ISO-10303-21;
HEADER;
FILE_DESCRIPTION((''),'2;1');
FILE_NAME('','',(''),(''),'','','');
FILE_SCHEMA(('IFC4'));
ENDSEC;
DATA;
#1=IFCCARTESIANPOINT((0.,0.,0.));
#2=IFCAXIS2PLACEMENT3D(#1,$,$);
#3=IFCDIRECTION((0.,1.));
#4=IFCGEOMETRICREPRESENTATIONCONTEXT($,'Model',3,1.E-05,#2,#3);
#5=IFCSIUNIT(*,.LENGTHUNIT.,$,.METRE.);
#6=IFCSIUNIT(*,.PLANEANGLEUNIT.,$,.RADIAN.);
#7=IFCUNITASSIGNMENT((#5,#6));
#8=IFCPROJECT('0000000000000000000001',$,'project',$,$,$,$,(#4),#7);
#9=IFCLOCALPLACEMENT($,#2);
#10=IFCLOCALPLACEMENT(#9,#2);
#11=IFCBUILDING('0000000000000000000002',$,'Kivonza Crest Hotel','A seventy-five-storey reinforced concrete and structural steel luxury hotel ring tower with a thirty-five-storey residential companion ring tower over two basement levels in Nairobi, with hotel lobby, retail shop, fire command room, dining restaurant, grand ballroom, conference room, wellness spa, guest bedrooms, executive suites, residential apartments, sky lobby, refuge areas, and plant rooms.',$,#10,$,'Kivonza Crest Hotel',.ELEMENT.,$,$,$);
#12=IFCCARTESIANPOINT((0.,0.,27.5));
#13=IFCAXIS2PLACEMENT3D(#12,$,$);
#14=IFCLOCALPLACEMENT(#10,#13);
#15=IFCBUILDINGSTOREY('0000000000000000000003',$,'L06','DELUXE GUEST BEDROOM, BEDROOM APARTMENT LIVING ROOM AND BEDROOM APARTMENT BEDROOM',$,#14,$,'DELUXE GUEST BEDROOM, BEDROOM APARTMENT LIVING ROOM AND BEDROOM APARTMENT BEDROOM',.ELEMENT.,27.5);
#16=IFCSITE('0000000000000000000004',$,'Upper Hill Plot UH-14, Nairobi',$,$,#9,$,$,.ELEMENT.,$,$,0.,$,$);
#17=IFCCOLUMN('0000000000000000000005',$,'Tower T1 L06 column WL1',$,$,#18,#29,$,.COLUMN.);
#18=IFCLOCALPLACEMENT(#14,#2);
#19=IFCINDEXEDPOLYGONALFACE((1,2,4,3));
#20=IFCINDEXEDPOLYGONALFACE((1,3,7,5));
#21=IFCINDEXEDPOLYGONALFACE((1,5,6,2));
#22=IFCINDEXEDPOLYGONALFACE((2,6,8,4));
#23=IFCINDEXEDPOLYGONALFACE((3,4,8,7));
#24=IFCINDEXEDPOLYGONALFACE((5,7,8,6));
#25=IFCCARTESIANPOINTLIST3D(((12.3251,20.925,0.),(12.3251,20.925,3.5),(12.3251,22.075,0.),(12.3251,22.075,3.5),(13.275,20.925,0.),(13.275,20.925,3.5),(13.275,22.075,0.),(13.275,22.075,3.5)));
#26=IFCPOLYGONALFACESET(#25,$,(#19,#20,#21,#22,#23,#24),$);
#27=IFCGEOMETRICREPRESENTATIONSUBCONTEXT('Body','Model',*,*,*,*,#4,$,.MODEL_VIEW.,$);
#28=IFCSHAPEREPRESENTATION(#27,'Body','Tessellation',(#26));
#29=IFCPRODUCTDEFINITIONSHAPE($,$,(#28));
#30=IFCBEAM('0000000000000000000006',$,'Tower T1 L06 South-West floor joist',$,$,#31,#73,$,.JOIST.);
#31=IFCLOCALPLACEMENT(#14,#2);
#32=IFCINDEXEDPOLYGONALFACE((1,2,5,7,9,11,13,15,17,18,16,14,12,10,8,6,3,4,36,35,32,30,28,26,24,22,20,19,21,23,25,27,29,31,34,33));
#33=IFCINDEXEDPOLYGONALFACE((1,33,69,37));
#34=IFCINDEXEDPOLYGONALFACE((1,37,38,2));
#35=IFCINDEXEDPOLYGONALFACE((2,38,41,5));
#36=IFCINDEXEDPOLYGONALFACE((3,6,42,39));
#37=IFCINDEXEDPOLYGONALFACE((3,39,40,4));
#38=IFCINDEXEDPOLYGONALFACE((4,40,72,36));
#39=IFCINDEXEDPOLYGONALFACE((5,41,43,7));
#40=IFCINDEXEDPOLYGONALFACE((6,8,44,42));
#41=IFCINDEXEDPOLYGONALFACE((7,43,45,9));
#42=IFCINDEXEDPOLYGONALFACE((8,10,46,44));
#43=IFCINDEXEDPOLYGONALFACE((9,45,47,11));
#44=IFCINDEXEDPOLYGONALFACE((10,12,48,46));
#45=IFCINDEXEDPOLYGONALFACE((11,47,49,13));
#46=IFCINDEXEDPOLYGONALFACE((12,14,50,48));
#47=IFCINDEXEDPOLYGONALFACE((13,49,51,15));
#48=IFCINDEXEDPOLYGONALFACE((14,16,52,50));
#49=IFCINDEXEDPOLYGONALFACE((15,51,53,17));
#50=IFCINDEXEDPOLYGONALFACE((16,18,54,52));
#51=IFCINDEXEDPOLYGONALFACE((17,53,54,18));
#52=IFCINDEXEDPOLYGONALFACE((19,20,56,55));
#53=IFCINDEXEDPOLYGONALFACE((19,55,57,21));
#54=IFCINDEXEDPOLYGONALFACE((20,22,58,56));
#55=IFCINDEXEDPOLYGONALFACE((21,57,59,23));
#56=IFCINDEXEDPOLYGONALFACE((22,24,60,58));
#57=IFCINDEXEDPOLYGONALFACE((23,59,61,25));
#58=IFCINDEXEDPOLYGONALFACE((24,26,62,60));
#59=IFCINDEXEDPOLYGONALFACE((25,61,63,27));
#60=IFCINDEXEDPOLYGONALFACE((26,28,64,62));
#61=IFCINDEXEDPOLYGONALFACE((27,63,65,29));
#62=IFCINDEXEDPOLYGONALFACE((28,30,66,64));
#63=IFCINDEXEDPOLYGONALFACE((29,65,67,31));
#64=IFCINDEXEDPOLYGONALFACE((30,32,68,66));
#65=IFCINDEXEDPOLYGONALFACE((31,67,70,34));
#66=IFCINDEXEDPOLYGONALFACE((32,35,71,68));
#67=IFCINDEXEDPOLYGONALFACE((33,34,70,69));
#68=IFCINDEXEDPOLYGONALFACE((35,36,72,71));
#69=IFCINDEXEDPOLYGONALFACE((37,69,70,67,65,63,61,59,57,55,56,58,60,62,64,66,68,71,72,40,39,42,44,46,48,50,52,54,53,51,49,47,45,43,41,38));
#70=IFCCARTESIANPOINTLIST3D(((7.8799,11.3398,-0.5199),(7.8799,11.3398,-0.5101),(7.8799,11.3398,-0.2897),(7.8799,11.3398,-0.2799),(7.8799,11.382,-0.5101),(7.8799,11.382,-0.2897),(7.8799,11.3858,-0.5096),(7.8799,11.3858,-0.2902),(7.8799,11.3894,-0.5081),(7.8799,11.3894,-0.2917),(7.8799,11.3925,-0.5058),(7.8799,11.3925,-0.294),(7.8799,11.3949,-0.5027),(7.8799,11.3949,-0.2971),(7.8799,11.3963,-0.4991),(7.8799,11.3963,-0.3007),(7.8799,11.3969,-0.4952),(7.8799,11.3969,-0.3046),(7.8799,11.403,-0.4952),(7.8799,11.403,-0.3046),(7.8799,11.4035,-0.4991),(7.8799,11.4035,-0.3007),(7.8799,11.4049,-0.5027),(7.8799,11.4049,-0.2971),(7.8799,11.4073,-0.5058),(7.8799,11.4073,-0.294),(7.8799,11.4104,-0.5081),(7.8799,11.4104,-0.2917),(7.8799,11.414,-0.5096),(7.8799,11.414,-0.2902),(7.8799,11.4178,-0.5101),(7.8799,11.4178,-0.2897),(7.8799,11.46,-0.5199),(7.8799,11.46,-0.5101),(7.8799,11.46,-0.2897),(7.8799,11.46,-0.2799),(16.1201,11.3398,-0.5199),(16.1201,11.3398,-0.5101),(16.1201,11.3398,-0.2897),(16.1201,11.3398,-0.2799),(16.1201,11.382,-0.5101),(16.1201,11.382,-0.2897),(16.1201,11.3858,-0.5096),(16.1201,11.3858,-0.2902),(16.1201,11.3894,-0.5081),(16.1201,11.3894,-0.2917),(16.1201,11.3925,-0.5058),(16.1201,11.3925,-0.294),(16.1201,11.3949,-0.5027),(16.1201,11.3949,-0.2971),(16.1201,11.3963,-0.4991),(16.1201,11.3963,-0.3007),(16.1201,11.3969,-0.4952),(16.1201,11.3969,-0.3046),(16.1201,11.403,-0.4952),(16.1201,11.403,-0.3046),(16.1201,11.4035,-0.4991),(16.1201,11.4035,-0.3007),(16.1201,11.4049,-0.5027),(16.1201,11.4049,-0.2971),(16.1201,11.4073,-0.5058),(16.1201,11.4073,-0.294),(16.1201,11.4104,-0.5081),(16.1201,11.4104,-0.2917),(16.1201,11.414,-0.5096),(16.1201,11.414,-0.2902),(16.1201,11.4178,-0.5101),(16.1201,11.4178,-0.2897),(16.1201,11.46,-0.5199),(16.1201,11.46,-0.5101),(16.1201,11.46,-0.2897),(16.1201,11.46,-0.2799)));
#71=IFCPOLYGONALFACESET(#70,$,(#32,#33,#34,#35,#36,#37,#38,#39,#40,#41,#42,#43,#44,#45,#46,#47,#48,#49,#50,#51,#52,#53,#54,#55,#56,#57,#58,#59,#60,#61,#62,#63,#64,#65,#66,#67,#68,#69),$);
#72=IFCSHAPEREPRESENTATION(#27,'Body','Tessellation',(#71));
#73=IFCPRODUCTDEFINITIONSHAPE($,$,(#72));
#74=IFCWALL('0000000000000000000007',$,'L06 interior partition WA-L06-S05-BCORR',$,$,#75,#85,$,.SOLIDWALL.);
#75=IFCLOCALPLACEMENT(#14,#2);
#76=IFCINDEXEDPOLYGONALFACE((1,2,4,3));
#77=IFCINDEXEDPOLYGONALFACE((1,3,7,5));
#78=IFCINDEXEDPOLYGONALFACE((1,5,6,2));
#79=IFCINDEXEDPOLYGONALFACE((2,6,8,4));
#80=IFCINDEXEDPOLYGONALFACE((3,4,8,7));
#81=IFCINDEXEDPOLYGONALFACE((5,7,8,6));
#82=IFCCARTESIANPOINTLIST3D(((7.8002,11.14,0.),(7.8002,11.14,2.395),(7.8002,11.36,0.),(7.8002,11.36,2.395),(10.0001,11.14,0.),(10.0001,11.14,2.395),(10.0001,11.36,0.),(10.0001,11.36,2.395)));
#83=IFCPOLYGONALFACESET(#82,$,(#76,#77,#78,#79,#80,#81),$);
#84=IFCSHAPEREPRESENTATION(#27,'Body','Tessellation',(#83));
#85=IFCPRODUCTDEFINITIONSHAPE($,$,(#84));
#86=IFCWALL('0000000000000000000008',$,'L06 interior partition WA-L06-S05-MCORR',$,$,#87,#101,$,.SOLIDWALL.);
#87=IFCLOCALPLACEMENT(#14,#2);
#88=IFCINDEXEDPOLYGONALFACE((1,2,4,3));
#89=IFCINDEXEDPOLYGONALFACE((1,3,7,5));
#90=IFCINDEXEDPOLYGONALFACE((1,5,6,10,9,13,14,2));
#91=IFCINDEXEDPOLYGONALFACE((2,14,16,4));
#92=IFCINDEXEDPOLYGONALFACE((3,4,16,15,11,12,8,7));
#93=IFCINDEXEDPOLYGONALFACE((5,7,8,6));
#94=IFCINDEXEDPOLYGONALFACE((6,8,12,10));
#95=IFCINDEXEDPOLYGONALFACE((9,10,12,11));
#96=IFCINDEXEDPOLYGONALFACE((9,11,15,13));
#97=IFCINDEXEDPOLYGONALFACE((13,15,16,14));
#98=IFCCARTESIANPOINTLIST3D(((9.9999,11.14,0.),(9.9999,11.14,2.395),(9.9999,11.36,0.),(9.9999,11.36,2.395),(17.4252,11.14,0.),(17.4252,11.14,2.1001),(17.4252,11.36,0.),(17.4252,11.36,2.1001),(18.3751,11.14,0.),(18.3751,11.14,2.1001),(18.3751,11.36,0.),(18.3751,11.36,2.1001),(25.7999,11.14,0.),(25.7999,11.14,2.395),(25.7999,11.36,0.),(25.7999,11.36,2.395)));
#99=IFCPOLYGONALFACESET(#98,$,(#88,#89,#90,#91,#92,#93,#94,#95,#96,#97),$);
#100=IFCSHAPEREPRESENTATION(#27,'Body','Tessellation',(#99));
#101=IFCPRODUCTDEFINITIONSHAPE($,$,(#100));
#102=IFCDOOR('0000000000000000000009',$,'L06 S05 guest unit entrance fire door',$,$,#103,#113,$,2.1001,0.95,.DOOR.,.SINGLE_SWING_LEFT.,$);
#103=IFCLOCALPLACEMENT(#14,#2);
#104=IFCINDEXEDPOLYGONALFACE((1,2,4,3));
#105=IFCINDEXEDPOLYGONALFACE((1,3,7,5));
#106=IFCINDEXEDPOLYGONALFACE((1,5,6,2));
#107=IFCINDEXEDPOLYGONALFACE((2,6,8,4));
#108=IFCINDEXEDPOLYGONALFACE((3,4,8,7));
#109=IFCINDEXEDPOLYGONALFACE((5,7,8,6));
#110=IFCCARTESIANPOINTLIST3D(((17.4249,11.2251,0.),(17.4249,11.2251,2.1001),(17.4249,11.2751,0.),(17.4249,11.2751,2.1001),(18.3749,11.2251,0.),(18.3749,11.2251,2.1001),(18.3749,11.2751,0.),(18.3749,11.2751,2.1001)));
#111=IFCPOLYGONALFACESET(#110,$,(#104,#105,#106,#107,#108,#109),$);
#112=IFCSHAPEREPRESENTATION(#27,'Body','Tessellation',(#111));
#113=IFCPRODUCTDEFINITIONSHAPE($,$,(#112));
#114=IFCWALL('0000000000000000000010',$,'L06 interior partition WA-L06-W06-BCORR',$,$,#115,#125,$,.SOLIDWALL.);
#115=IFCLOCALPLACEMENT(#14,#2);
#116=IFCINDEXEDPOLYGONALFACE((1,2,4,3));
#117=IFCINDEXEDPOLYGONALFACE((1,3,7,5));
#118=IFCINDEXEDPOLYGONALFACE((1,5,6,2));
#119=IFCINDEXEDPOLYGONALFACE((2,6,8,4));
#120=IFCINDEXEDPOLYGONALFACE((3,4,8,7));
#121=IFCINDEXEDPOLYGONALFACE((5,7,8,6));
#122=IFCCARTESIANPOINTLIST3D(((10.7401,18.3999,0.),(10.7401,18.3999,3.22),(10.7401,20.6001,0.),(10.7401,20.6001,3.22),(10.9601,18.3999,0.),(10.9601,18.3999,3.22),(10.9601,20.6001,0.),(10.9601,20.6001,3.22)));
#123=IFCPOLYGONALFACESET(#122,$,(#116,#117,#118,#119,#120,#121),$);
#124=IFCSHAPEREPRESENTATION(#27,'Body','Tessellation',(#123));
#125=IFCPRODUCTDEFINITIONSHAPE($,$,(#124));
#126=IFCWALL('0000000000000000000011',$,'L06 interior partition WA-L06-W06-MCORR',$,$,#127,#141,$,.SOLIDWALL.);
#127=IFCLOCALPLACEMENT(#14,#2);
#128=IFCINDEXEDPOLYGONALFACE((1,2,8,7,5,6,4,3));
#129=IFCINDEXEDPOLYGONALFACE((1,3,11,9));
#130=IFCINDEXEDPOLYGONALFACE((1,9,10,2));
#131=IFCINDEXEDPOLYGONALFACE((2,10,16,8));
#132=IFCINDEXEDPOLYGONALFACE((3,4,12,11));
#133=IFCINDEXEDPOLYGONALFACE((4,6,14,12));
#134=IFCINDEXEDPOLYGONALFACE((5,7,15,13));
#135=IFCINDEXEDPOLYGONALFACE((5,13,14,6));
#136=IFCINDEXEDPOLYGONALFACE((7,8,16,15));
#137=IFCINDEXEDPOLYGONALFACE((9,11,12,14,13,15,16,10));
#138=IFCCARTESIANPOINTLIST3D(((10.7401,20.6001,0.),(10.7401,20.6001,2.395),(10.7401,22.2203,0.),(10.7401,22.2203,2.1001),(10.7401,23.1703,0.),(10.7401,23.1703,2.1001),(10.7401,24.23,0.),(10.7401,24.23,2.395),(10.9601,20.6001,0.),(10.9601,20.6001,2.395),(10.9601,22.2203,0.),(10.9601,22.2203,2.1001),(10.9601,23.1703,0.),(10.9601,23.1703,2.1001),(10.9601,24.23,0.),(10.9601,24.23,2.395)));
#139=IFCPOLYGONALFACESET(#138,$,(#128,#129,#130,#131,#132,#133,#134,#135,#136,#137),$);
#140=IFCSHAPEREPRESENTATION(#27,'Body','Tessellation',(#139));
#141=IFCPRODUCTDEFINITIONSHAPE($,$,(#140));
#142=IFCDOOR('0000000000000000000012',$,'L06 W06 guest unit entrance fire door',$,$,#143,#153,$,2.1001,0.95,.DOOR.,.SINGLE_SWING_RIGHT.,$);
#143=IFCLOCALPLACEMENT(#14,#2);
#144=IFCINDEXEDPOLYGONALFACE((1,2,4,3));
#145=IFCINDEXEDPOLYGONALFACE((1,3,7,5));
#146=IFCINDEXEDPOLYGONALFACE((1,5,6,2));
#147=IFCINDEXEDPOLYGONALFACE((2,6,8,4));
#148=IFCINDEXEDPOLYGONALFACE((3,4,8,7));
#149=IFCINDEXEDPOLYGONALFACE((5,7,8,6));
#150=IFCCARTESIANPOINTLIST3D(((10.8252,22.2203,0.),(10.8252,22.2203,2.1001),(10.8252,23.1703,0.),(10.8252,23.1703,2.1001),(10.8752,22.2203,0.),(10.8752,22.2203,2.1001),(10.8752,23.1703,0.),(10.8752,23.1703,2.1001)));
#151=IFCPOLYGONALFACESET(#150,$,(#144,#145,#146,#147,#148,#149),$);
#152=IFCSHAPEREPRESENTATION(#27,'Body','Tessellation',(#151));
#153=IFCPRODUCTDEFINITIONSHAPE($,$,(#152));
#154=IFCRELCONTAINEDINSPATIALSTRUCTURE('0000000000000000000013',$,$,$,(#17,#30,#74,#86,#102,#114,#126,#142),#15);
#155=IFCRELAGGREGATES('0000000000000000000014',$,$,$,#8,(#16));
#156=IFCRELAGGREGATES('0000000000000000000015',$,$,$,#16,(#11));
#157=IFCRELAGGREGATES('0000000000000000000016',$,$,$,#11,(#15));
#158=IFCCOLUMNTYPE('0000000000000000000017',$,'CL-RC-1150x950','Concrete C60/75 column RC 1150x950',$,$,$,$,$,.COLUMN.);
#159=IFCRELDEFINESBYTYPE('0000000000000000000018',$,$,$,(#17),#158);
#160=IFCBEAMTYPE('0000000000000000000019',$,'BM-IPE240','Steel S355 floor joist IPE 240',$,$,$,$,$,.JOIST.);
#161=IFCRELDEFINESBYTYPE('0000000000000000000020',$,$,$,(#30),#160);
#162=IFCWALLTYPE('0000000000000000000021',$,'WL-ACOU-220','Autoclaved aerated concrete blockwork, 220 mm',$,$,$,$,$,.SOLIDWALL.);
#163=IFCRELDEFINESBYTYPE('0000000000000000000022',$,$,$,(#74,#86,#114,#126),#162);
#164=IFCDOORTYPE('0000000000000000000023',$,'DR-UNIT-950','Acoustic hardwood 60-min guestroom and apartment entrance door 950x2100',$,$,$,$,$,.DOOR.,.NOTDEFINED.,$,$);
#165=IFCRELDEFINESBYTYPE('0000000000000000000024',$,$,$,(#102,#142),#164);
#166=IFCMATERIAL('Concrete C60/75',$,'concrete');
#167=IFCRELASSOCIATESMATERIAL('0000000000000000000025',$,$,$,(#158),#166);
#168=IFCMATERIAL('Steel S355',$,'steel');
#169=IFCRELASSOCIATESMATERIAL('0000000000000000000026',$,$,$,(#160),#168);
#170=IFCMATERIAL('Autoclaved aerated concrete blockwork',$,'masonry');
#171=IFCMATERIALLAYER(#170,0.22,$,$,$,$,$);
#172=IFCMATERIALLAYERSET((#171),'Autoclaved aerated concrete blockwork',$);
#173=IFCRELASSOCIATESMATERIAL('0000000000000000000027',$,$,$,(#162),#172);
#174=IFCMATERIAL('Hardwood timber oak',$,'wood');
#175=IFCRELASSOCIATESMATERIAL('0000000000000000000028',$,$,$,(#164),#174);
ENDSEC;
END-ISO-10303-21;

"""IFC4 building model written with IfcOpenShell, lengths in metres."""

from ifc_helpers import new_model, si_unit, direction, frame, frame_2d, origin, origin_2d, place, context, subcontext, project, spatial, rectangle, i_section, extrude, material, layer, layer_set, material_profile, profile_set, type_object, element, fill, save


model = new_model("IFC4")

# Units and contexts
model_context = context("Model", 3, precision=1e-05, world=origin(), true_north=direction((0.0, 1.0)))
body_context = subcontext(model_context, "Body", "Model", "MODEL_VIEW")
ifc_project = project(units=[si_unit("LENGTHUNIT", "METRE"), si_unit("PLANEANGLEUNIT", "RADIAN")], contexts=[model_context])

# Site, building, storey
site_placement = place(None, origin())
site = spatial("IfcSite", under=ifc_project, at=site_placement, Name="Upper Hill Plot UH-14, Nairobi", CompositionType="ELEMENT", RefElevation=0.0)
building_placement = place(site_placement, origin())
building = spatial("IfcBuilding", under=site, at=building_placement, Name="Kivonza Crest Hotel", Description="A seventy-five-storey reinforced concrete and structural steel luxury hotel ring tower with a thirty-five-storey residential companion ring tower over two basement levels in Nairobi, with hotel lobby, retail shop, fire command room, dining restaurant, grand ballroom, conference room, wellness spa, guest bedrooms, executive suites, residential apartments, sky lobby, refuge areas, and plant rooms.", LongName="Kivonza Crest Hotel", CompositionType="ELEMENT")
storey_placement = place(building_placement, frame((0.0, 0.0, 27.5)))
storey = spatial("IfcBuildingStorey", under=building, at=storey_placement, Name="L06", Description="DELUXE GUEST BEDROOM, BEDROOM APARTMENT LIVING ROOM AND BEDROOM APARTMENT BEDROOM", LongName="DELUXE GUEST BEDROOM, BEDROOM APARTMENT LIVING ROOM AND BEDROOM APARTMENT BEDROOM", CompositionType="ELEMENT", Elevation=27.5)

# Column
ifc_material_1 = material(Name="Concrete C60/75", Category="concrete")
ifc_material_profile_1 = material_profile(ifc_material_1, rectangle(XDim=0.95, YDim=1.1499, at=origin_2d()), Name="RC 1150x950")
ifc_profile_set_1 = profile_set([ifc_material_profile_1], Name="Concrete C60/75")
column_type = type_object("IfcColumnType", Name="CL-RC-1150x950", Description="Concrete C60/75 column RC 1150x950", PredefinedType="COLUMN", material=ifc_profile_set_1)
column_placement = place(storey_placement, frame((12.8, 21.5, 0.0), z_axis=(0.0, 0.0, 1.0), x_axis=(1.0, 0.0, 0.0)))
element("IfcColumn", 1, at=column_placement, inside=storey, type_object=column_type, Name="Tower T1 L06 column WL1", PredefinedType="COLUMN", context=body_context, shape_type="SweptSolid", body=[
    extrude(rectangle(XDim=0.95, YDim=1.1499, at=origin_2d()), origin(), (0.0, 0.0, 1.0), 3.5),
])

# Beam
ifc_material_2 = material(Name="Steel S355", Category="steel")
ifc_material_profile_2 = material_profile(ifc_material_2, i_section(OverallWidth=0.1201, OverallDepth=0.24, WebThickness=0.0061, FlangeThickness=0.0098, FilletRadius=0.0149, at=origin_2d()), Name="IPE 240")
ifc_profile_set_2 = profile_set([ifc_material_profile_2], Name="Steel S355")
beam_type = type_object("IfcBeamType", Name="BM-IPE240", Description="Steel S355 floor joist IPE 240", PredefinedType="JOIST", material=ifc_profile_set_2)
beam_placement = place(storey_placement, frame((7.8799, 11.3999, -0.3999), z_axis=(1.0, 0.0, 0.0), x_axis=(0.0, 1.0, 0.0)))
element("IfcBeam", 2, at=beam_placement, inside=storey, type_object=beam_type, Name="Tower T1 L06 South-West floor joist", PredefinedType="JOIST", context=body_context, shape_type="SweptSolid", body=[
    extrude(i_section(OverallWidth=0.1201, OverallDepth=0.24, WebThickness=0.0061, FlangeThickness=0.0098, FilletRadius=0.0149, at=origin_2d()), origin(), (0.0, 0.0, 1.0), 8.2402),
])

# Wall
ifc_material_3 = material(Name="Autoclaved aerated concrete blockwork", Category="masonry")
ifc_layer_1 = layer(ifc_material_3, 0.22)
ifc_layer_set_1 = layer_set([ifc_layer_1], Name="Autoclaved aerated concrete blockwork")
wall_type_1 = type_object("IfcWallType", Name="WL-ACOU-220", Description="Autoclaved aerated concrete blockwork, 220 mm", PredefinedType="SOLIDWALL", material=ifc_layer_set_1)
wall_1_placement = place(storey_placement, frame((7.8, 11.25, 0.0), z_axis=(0.0, 0.0, 1.0), x_axis=(1.0, 0.0, 0.0)))
element("IfcWall", 3, at=wall_1_placement, inside=storey, type_object=wall_type_1, Name="L06 interior partition WA-L06-S05-BCORR", PredefinedType="SOLIDWALL", context=body_context, shape_type="SweptSolid", body=[
    extrude(rectangle(XDim=2.2, YDim=0.22, at=frame_2d((1.1001, 0.0))), origin(), (0.0, 0.0, 1.0), 2.395),
])

# Wall, opening, door
wall_2_placement = place(storey_placement, frame((10.0, 11.25, 0.0), z_axis=(0.0, 0.0, 1.0), x_axis=(1.0, 0.0, 0.0)))
wall_2 = element("IfcWall", 4, at=wall_2_placement, inside=storey, type_object=wall_type_1, Name="L06 interior partition WA-L06-S05-MCORR", PredefinedType="SOLIDWALL", context=body_context, shape_type="SweptSolid", body=[
    extrude(rectangle(XDim=15.8, YDim=0.22, at=frame_2d((7.8999, 0.0))), origin(), (0.0, 0.0, 1.0), 2.395),
])
opening_1_placement = place(wall_2_placement, frame((7.425, 0.0, 0.0)))
opening_1 = element("IfcOpeningElement", 5, at=opening_1_placement, cuts=wall_2, PredefinedType="OPENING", context=body_context, shape_type="SweptSolid", body=[
    extrude(rectangle(XDim=0.95, YDim=2.1001, at=frame_2d((0.4751, 1.05))), frame((0.0, 0.1201, 0.0), z_axis=(0.0, -1.0, 0.0), x_axis=(1.0, 0.0, 0.0)), (0.0, 0.0, 1.0), 0.24),
])
ifc_material_4 = material(Name="Hardwood timber oak", Category="wood")
door_type_1 = type_object("IfcDoorType", Name="DR-UNIT-950", Description="Acoustic hardwood 60-min guestroom and apartment entrance door 950x2100", OperationType="NOTDEFINED", PredefinedType="DOOR", material=ifc_material_4)
door_1_placement = place(opening_1_placement, frame((0.95, 0.0, 0.0), z_axis=(0.0, 0.0, 1.0), x_axis=(-1.0, 0.0, 0.0)))
door_1 = element("IfcDoor", 6, at=door_1_placement, inside=storey, type_object=door_type_1, Name="L06 S05 guest unit entrance fire door", OperationType="SINGLE_SWING_LEFT", OverallHeight=2.1001, OverallWidth=0.95, PredefinedType="DOOR", context=body_context, shape_type="SweptSolid", body=[
    extrude(rectangle(XDim=0.95, YDim=2.1001, at=frame_2d((0.4751, 1.05))), frame((0.0, 0.0249, 0.0), z_axis=(0.0, -1.0, 0.0), x_axis=(1.0, 0.0, 0.0)), (0.0, 0.0, 1.0), 0.05),
])
fill(opening_1, door_1)

# Wall
wall_3_placement = place(storey_placement, frame((10.8501, 18.3999, 0.0), z_axis=(0.0, 0.0, 1.0), x_axis=(0.0, 1.0, 0.0)))
element("IfcWall", 7, at=wall_3_placement, inside=storey, type_object=wall_type_1, Name="L06 interior partition WA-L06-W06-BCORR", PredefinedType="SOLIDWALL", context=body_context, shape_type="SweptSolid", body=[
    extrude(rectangle(XDim=2.2002, YDim=0.22, at=frame_2d((1.1001, 0.0))), origin(), (0.0, 0.0, 1.0), 3.22),
])

# Wall, opening, door
wall_4_placement = place(storey_placement, frame((10.8501, 20.6001, 0.0), z_axis=(0.0, 0.0, 1.0), x_axis=(0.0, 1.0, 0.0)))
wall_4 = element("IfcWall", 8, at=wall_4_placement, inside=storey, type_object=wall_type_1, Name="L06 interior partition WA-L06-W06-MCORR", PredefinedType="SOLIDWALL", context=body_context, shape_type="SweptSolid", body=[
    extrude(rectangle(XDim=3.6299, YDim=0.22, at=frame_2d((1.8149, 0.0))), origin(), (0.0, 0.0, 1.0), 2.395),
])
opening_2_placement = place(wall_4_placement, frame((1.6201, 0.0, 0.0)))
opening_2 = element("IfcOpeningElement", 9, at=opening_2_placement, cuts=wall_4, PredefinedType="OPENING", context=body_context, shape_type="SweptSolid", body=[
    extrude(rectangle(XDim=0.95, YDim=2.1001, at=frame_2d((0.4751, 1.05))), frame((0.0, 0.1201, 0.0), z_axis=(0.0, -1.0, 0.0), x_axis=(1.0, 0.0, 0.0)), (0.0, 0.0, 1.0), 0.24),
])
door_2_placement = place(opening_2_placement, origin())
door_2 = element("IfcDoor", 10, at=door_2_placement, inside=storey, type_object=door_type_1, Name="L06 W06 guest unit entrance fire door", OperationType="SINGLE_SWING_RIGHT", OverallHeight=2.1001, OverallWidth=0.95, PredefinedType="DOOR", context=body_context, shape_type="SweptSolid", body=[
    extrude(rectangle(XDim=0.95, YDim=2.1001, at=frame_2d((0.4751, 1.05))), frame((0.0, 0.0249, 0.0), z_axis=(0.0, -1.0, 0.0), x_axis=(1.0, 0.0, 0.0)), (0.0, 0.0, 1.0), 0.05),
])
fill(opening_2, door_2)

save(model, "model.ifc")
